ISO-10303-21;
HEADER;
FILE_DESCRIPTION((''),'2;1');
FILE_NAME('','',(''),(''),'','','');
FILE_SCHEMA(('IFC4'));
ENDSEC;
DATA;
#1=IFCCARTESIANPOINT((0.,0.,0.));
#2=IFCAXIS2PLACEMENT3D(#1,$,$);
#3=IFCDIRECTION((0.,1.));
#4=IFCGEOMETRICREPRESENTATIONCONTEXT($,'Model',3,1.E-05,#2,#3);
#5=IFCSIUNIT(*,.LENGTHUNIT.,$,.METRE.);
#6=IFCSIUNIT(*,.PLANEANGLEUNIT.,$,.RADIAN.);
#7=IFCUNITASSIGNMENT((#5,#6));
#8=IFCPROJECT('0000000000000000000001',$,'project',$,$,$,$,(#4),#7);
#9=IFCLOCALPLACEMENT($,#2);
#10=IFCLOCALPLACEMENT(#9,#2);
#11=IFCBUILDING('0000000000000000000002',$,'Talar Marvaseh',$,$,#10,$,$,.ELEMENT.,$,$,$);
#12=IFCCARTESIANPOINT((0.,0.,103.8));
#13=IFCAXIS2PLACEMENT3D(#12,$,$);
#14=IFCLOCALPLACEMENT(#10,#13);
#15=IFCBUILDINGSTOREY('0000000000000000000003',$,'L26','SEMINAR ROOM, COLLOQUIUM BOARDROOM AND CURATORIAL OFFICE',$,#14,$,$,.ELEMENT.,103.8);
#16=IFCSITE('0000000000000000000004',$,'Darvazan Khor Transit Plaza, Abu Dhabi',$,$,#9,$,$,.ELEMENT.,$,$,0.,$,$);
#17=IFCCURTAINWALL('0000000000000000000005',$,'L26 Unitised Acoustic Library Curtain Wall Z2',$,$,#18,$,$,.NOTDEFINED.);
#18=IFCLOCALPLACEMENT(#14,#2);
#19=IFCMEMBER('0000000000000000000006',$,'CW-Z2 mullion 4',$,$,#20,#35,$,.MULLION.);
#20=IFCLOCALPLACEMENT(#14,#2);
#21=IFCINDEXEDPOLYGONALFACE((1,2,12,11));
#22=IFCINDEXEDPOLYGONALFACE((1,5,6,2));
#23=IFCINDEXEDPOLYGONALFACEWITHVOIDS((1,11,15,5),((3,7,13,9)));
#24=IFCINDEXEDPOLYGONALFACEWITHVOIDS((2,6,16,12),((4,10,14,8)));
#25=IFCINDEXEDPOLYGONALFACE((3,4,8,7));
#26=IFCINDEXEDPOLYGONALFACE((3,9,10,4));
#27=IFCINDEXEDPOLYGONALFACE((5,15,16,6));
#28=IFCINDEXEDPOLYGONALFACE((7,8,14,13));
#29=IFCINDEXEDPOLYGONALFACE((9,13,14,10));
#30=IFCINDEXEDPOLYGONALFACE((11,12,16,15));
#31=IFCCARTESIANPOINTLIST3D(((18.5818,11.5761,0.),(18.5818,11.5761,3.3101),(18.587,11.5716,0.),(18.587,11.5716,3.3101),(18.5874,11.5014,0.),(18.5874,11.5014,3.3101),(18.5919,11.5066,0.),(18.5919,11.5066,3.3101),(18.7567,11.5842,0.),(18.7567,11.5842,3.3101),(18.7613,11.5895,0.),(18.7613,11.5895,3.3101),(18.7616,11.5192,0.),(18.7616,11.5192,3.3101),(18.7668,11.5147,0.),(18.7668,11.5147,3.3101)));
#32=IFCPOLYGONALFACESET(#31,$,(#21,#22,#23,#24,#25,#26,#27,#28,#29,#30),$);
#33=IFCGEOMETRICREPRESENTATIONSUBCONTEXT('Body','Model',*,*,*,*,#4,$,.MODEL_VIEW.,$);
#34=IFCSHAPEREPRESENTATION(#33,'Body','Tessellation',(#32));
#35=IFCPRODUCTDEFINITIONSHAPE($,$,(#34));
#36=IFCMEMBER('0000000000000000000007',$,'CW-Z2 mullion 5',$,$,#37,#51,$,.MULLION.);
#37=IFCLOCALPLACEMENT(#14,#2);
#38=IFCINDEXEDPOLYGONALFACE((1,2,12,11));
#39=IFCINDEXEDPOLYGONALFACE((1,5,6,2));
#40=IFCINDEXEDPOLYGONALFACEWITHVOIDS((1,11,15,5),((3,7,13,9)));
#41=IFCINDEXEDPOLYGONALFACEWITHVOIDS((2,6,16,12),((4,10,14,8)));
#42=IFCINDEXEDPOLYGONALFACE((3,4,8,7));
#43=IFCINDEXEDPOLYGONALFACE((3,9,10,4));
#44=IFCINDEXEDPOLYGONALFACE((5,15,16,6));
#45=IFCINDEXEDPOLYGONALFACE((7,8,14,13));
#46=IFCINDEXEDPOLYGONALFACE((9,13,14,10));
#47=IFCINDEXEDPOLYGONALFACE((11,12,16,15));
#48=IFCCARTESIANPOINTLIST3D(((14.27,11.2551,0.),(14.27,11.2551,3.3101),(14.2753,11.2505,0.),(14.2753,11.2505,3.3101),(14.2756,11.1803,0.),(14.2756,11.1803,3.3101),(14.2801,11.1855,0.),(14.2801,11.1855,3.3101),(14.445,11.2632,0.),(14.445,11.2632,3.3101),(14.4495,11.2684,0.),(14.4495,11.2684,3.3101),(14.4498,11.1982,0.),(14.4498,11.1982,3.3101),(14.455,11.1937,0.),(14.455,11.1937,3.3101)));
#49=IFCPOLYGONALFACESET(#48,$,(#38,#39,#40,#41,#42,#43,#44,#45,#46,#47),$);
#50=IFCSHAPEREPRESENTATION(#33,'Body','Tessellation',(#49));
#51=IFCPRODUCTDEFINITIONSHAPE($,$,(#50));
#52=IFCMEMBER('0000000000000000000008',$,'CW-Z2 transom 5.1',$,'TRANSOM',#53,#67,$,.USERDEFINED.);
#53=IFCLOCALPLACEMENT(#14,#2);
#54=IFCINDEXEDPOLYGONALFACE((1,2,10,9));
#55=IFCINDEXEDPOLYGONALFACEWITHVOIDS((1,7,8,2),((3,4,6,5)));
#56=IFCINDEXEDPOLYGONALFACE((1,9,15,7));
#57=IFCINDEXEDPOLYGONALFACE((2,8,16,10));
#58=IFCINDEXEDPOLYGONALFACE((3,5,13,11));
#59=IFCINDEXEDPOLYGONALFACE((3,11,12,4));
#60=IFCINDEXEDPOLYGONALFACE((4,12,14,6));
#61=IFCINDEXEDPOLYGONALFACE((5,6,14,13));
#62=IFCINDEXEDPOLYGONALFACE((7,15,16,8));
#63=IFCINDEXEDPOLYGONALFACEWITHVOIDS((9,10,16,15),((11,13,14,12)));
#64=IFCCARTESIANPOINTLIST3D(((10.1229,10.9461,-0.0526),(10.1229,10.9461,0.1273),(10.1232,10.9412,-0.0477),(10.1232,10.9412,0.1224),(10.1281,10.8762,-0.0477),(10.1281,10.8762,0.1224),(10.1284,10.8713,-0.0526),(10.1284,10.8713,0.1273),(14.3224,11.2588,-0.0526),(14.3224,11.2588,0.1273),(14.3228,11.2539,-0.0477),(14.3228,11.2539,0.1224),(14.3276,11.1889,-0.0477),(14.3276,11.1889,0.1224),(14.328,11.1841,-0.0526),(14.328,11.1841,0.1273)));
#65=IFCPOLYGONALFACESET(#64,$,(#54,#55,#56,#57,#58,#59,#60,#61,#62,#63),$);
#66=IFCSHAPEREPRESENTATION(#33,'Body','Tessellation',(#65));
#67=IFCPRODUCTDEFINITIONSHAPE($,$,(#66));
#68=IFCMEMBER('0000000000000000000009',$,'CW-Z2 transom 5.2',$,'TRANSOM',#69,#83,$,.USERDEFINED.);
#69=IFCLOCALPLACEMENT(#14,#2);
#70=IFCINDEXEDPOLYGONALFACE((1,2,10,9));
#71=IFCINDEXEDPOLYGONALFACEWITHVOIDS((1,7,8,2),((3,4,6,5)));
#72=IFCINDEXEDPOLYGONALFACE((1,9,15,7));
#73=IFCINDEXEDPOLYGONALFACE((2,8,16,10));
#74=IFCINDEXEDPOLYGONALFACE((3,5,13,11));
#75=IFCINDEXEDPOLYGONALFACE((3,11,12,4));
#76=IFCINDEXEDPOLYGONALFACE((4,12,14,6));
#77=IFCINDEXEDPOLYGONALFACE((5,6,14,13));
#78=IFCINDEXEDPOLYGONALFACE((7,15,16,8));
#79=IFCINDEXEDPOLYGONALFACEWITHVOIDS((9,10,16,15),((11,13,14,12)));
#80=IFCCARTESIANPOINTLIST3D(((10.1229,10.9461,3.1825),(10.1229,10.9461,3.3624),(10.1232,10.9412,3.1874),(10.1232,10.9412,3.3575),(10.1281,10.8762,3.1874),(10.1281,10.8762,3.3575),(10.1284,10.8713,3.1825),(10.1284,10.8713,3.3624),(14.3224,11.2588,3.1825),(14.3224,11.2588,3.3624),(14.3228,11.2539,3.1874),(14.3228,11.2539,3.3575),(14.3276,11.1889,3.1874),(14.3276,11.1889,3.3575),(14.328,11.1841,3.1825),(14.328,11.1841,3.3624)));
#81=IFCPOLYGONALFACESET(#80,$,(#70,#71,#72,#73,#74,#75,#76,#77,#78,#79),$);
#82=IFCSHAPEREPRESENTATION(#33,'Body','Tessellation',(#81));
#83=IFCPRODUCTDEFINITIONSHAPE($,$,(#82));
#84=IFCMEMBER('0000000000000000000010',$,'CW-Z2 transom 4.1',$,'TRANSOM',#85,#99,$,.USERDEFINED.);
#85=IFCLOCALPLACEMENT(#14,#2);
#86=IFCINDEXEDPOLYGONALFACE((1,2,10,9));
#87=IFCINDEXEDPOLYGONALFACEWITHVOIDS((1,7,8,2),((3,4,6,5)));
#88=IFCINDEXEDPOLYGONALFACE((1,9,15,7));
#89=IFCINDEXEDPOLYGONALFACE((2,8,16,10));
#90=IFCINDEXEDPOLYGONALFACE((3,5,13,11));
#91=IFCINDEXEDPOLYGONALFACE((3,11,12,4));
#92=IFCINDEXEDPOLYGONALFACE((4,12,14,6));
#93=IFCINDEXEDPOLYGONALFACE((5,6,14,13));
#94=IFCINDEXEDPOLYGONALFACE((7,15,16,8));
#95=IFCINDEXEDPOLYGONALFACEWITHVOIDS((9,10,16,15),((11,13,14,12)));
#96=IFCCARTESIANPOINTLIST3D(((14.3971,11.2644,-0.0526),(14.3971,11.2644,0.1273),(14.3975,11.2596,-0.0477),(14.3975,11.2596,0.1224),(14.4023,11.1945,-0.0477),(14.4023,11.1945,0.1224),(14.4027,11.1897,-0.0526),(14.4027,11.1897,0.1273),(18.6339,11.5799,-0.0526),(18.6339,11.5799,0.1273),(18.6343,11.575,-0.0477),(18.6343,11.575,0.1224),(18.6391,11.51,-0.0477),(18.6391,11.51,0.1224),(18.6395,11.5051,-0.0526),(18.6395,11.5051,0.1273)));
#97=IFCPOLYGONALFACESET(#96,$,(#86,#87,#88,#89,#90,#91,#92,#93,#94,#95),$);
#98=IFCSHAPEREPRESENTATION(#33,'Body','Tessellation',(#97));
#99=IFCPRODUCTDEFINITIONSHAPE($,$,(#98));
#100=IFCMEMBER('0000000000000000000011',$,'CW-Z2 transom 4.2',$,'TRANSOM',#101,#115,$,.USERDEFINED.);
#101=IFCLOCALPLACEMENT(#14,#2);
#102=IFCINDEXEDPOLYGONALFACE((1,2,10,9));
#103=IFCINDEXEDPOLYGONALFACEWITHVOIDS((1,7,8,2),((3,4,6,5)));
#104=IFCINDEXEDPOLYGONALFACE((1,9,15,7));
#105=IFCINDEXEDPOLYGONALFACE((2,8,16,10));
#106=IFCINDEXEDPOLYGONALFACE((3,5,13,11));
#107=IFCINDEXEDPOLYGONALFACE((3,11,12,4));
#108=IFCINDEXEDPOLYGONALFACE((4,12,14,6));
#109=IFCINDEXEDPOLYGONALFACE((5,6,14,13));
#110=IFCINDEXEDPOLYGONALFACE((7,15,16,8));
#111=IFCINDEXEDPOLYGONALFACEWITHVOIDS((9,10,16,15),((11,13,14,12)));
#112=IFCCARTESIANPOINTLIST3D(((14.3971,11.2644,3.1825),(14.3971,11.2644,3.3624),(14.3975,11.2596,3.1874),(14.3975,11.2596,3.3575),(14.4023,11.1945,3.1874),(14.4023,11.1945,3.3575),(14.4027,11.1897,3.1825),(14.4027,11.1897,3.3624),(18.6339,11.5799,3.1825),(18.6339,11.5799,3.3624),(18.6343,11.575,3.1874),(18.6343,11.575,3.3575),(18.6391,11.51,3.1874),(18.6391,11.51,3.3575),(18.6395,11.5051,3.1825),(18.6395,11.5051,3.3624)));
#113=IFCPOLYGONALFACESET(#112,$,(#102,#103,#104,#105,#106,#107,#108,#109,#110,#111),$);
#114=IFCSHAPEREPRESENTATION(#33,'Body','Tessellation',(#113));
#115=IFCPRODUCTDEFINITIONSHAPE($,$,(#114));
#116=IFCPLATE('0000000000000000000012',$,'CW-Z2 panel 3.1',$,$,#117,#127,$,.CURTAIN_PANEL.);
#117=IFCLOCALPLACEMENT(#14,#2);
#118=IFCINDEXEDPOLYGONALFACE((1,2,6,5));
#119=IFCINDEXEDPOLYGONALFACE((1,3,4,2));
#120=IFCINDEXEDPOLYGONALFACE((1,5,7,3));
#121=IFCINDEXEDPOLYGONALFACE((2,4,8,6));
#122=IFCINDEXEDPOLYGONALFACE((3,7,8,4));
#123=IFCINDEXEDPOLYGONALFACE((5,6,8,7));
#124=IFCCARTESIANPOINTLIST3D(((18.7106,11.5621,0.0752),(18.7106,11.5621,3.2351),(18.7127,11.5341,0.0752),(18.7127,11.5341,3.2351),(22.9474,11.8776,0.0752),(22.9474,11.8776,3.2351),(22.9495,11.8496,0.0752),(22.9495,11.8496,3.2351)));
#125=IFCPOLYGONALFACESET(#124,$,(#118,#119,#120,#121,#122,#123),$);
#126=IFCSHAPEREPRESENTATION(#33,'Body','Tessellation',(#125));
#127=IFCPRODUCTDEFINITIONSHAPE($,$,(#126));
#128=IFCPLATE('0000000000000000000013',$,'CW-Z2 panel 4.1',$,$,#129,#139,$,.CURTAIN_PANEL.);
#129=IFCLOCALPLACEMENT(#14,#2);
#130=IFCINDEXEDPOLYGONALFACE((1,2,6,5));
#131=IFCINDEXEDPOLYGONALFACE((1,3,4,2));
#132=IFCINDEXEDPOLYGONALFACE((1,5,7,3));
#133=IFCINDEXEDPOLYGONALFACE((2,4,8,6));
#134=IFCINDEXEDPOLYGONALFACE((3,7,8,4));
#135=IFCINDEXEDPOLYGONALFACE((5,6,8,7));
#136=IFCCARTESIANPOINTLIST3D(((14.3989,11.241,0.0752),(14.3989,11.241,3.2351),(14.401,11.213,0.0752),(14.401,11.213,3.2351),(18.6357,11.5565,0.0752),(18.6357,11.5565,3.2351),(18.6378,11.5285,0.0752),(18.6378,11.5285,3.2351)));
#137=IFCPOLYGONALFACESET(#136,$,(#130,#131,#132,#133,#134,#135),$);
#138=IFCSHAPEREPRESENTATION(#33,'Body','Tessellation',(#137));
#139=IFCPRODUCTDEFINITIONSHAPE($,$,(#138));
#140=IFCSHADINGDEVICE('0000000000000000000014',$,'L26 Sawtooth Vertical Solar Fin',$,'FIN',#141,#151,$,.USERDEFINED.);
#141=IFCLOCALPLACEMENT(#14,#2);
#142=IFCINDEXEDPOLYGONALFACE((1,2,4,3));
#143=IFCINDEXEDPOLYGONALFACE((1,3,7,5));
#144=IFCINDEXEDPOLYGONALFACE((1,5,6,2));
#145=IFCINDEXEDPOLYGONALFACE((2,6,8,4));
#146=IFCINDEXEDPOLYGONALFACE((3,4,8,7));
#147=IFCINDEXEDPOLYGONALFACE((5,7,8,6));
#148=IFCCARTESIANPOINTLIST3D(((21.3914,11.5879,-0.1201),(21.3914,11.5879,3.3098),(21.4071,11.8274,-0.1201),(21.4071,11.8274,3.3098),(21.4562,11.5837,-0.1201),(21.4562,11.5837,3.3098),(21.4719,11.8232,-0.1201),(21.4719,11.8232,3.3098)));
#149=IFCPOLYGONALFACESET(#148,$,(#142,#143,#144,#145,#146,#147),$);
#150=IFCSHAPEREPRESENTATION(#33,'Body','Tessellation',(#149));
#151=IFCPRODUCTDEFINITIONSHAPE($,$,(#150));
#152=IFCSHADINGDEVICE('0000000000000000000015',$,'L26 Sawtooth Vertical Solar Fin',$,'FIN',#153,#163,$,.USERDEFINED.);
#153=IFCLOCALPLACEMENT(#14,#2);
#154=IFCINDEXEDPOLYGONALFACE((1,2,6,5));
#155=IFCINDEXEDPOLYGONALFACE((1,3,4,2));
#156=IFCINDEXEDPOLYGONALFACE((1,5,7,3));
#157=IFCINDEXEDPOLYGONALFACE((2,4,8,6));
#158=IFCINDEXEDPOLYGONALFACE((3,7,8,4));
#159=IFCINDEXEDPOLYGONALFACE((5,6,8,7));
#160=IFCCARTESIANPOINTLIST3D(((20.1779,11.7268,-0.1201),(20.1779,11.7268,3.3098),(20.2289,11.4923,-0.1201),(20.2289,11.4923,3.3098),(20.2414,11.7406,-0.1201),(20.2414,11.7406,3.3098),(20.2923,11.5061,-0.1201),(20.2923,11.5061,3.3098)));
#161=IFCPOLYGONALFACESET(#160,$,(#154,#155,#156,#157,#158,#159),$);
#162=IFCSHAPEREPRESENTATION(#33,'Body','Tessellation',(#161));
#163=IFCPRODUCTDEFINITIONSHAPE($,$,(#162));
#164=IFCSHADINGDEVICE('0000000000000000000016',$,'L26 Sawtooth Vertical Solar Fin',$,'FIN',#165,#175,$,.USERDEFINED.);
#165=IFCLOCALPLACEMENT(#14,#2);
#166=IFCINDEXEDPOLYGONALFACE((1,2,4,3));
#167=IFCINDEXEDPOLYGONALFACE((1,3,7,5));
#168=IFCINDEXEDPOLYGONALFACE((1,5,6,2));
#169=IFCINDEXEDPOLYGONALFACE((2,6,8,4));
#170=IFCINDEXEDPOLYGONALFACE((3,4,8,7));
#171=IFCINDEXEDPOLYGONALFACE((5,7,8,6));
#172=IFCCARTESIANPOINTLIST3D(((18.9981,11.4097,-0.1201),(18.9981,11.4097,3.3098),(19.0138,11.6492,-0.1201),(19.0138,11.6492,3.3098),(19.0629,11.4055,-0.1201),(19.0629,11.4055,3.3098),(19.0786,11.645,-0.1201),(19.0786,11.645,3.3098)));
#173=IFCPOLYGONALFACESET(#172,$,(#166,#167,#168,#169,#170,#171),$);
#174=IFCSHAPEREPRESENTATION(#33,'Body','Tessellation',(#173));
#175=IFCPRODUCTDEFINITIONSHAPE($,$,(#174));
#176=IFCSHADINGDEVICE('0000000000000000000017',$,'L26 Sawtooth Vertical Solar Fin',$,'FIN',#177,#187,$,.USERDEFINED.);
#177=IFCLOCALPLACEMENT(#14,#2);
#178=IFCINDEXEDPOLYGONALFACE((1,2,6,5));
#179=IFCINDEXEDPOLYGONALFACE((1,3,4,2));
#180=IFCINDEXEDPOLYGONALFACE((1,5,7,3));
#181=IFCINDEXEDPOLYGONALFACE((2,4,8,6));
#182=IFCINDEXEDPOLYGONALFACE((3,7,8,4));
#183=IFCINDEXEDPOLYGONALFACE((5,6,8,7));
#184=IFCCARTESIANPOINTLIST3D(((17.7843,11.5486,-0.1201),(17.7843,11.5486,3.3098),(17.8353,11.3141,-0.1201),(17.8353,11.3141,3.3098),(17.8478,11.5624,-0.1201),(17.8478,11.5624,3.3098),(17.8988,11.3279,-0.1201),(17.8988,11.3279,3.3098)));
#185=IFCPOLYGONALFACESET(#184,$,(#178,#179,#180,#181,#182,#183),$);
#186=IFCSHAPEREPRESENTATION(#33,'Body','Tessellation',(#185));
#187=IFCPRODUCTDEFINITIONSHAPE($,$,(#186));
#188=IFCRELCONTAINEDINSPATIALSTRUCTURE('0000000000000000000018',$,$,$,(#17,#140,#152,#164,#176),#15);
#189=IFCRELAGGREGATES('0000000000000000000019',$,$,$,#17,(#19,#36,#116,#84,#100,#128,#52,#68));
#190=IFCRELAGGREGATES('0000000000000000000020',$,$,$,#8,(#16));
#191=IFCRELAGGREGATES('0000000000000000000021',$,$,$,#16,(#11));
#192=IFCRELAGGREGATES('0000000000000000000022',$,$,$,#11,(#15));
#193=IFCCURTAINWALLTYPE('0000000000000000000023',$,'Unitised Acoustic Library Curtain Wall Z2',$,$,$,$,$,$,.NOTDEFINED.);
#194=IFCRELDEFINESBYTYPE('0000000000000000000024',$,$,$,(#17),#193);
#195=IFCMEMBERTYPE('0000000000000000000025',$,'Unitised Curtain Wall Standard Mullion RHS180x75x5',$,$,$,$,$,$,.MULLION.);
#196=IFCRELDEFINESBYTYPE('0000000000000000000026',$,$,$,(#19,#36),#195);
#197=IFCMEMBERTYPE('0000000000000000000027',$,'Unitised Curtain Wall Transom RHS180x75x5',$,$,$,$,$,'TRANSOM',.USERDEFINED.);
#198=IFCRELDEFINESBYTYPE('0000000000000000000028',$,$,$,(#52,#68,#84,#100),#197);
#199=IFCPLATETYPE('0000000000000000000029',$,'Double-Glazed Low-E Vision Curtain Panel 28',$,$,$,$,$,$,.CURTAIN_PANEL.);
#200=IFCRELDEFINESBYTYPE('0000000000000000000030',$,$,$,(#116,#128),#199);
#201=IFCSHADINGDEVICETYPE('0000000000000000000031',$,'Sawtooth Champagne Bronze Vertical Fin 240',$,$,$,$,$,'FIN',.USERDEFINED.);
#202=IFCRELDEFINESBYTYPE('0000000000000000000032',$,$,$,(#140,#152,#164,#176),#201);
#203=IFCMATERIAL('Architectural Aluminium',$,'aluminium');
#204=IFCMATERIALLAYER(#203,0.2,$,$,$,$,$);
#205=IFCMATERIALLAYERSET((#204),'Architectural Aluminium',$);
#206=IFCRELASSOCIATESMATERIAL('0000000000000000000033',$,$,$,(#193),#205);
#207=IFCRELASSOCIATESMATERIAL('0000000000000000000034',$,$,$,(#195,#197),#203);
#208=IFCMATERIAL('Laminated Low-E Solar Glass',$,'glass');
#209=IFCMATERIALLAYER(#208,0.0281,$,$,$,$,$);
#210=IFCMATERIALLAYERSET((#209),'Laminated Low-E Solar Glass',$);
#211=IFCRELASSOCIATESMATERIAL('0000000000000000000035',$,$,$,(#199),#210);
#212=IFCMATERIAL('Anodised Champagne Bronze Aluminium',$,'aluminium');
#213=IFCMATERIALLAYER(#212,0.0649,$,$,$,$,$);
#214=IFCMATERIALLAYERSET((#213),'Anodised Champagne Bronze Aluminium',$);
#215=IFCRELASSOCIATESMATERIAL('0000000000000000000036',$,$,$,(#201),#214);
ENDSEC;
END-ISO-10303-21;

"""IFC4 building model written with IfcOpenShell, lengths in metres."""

from ifc_helpers import new_model, si_unit, direction, frame, origin, origin_2d, place, context, subcontext, project, spatial, rectangle, hollow_rectangle, extrude, source, transform, mapped, material, layer, layer_set, material_profile, profile_set, type_object, type_shapes, element, aggregate, save


model = new_model("IFC4")

# Units and contexts
model_context = context("Model", 3, precision=1e-05, world=origin(), true_north=direction((0.0, 1.0)))
body_context = subcontext(model_context, "Body", "Model", "MODEL_VIEW")
ifc_project = project(units=[si_unit("LENGTHUNIT", "METRE"), si_unit("PLANEANGLEUNIT", "RADIAN")], contexts=[model_context])

# Site, building, storey
site_placement = place(None, origin())
site = spatial("IfcSite", under=ifc_project, at=site_placement, Name="Darvazan Khor Transit Plaza, Abu Dhabi", CompositionType="ELEMENT", RefElevation=0.0)
building_placement = place(site_placement, origin())
building = spatial("IfcBuilding", under=site, at=building_placement, Name="Talar Marvaseh", CompositionType="ELEMENT")
storey_placement = place(building_placement, frame((0.0, 0.0, 103.8)))
storey = spatial("IfcBuildingStorey", under=building, at=storey_placement, Name="L26", Description="SEMINAR ROOM, COLLOQUIUM BOARDROOM AND CURATORIAL OFFICE", CompositionType="ELEMENT", Elevation=103.8)

# Curtain wall, members, plates
ifc_material_1 = material(Name="Architectural Aluminium", Category="aluminium")
ifc_layer_1 = layer(ifc_material_1, 0.2)
ifc_layer_set_1 = layer_set([ifc_layer_1], Name="Architectural Aluminium")
curtain_wall_type = type_object("IfcCurtainWallType", Name="Unitised Acoustic Library Curtain Wall Z2", PredefinedType="NOTDEFINED", material=ifc_layer_set_1)
curtain_wall_placement = place(storey_placement, origin())
curtain_wall = element("IfcCurtainWall", 1, at=curtain_wall_placement, inside=storey, type_object=curtain_wall_type, Name="L26 Unitised Acoustic Library Curtain Wall Z2", PredefinedType="NOTDEFINED")
ifc_material_profile_1 = material_profile(ifc_material_1, hollow_rectangle(XDim=0.075, YDim=0.1799, WallThickness=0.0049, at=origin_2d()), Name="RHS180x75x5")
ifc_profile_set_1 = profile_set([ifc_material_profile_1], Name="Architectural Aluminium")
member_type_1 = type_object("IfcMemberType", Name="Unitised Curtain Wall Standard Mullion RHS180x75x5", PredefinedType="MULLION", material=ifc_profile_set_1)
shared_shape_1 = source(origin(), body_context, "Body", "SweptSolid", [
    extrude(hollow_rectangle(XDim=0.075, YDim=0.1799, WallThickness=0.0049, at=origin_2d()), origin(), (0.0, 0.0, 1.0), 3.3101),
])
type_shapes(member_type_1, [shared_shape_1])
member_1_placement = place(storey_placement, frame((18.6743, 11.5454, 0.0), z_axis=(0.0, 0.0, 1.0), x_axis=(0.074263, -0.997239, 0.0)))
member_1 = element("IfcMember", 2, at=member_1_placement, type_object=member_type_1, Name="CW-Z2 mullion 4", PredefinedType="MULLION", context=body_context, shape_type="MappedRepresentation", body=[
    mapped(shared_shape_1, transform((0.0, 0.0, 0.0), x_axis=(1.0, 0.0, 0.0), y_axis=(0.0, 1.0, 0.0), z_axis=(0.0, 0.0, 1.0), scale=1.0)),
])
member_2_placement = place(storey_placement, frame((14.3625, 11.2244, 0.0), z_axis=(0.0, 0.0, 1.0), x_axis=(0.074263, -0.997239, 0.0)))
member_2 = element("IfcMember", 3, at=member_2_placement, type_object=member_type_1, Name="CW-Z2 mullion 5", PredefinedType="MULLION", context=body_context, shape_type="MappedRepresentation", body=[
    mapped(shared_shape_1, transform((0.0, 0.0, 0.0), x_axis=(1.0, 0.0, 0.0), y_axis=(0.0, 1.0, 0.0), z_axis=(0.0, 0.0, 1.0), scale=1.0)),
])
ifc_material_profile_2 = material_profile(ifc_material_1, hollow_rectangle(XDim=0.075, YDim=0.1799, WallThickness=0.0049, at=origin_2d()), Name="RHS180x75x5")
ifc_profile_set_2 = profile_set([ifc_material_profile_2], Name="Architectural Aluminium")
member_type_2 = type_object("IfcMemberType", Name="Unitised Curtain Wall Transom RHS180x75x5", ElementType="TRANSOM", PredefinedType="USERDEFINED", material=ifc_profile_set_2)
shared_shape_2 = source(origin(), body_context, "Body", "SweptSolid", [
    extrude(hollow_rectangle(XDim=0.075, YDim=0.1799, WallThickness=0.0049, at=origin_2d()), origin(), (0.0, 0.0, 1.0), 4.2112),
])
member_3_placement = place(storey_placement, frame((14.3252, 11.2214, 0.0374), z_axis=(-0.997238, -0.074267, 0.0), x_axis=(0.074267, -0.997238, 0.0)))
member_3 = element("IfcMember", 4, at=member_3_placement, type_object=member_type_2, Name="CW-Z2 transom 5.1", ObjectType="TRANSOM", PredefinedType="USERDEFINED", context=body_context, shape_type="MappedRepresentation", body=[
    mapped(shared_shape_2, transform((0.0, 0.0, 0.0), x_axis=(1.0, 0.0, 0.0), y_axis=(0.0, 1.0, 0.0), z_axis=(0.0, 0.0, 1.0), scale=1.0)),
])
member_4_placement = place(storey_placement, frame((14.3252, 11.2214, 3.2725), z_axis=(-0.997238, -0.074267, 0.0), x_axis=(0.074267, -0.997238, 0.0)))
member_4 = element("IfcMember", 5, at=member_4_placement, type_object=member_type_2, Name="CW-Z2 transom 5.2", ObjectType="TRANSOM", PredefinedType="USERDEFINED", context=body_context, shape_type="MappedRepresentation", body=[
    mapped(shared_shape_2, transform((0.0, 0.0, 0.0), x_axis=(1.0, 0.0, 0.0), y_axis=(0.0, 1.0, 0.0), z_axis=(0.0, 0.0, 1.0), scale=1.0)),
])
shared_shape_3 = source(origin(), body_context, "Body", "SweptSolid", [
    extrude(hollow_rectangle(XDim=0.075, YDim=0.1799, WallThickness=0.0049, at=origin_2d()), origin(), (0.0, 0.0, 1.0), 4.2485),
])
type_shapes(member_type_2, [shared_shape_2, shared_shape_3])
member_5_placement = place(storey_placement, frame((18.6367, 11.5425, 0.0374), z_axis=(-0.99724, -0.074244, 0.0), x_axis=(0.074244, -0.99724, 0.0)))
member_5 = element("IfcMember", 6, at=member_5_placement, type_object=member_type_2, Name="CW-Z2 transom 4.1", ObjectType="TRANSOM", PredefinedType="USERDEFINED", context=body_context, shape_type="MappedRepresentation", body=[
    mapped(shared_shape_3, transform((0.0, 0.0, 0.0), x_axis=(1.0, 0.0, 0.0), y_axis=(0.0, 1.0, 0.0), z_axis=(0.0, 0.0, 1.0), scale=1.0)),
])
member_6_placement = place(storey_placement, frame((18.6367, 11.5425, 3.2725), z_axis=(-0.99724, -0.074244, 0.0), x_axis=(0.074244, -0.99724, 0.0)))
member_6 = element("IfcMember", 7, at=member_6_placement, type_object=member_type_2, Name="CW-Z2 transom 4.2", ObjectType="TRANSOM", PredefinedType="USERDEFINED", context=body_context, shape_type="MappedRepresentation", body=[
    mapped(shared_shape_3, transform((0.0, 0.0, 0.0), x_axis=(1.0, 0.0, 0.0), y_axis=(0.0, 1.0, 0.0), z_axis=(0.0, 0.0, 1.0), scale=1.0)),
])
ifc_material_2 = material(Name="Laminated Low-E Solar Glass", Category="glass")
ifc_layer_2 = layer(ifc_material_2, 0.0281)
ifc_layer_set_2 = layer_set([ifc_layer_2], Name="Laminated Low-E Solar Glass")
plate_type = type_object("IfcPlateType", Name="Double-Glazed Low-E Vision Curtain Panel 28", PredefinedType="CURTAIN_PANEL", material=ifc_layer_set_2)
shared_shape_4 = source(origin(), body_context, "Body", "SweptSolid", [
    extrude(rectangle(XDim=4.2485, YDim=0.0281, at=origin_2d()), origin(), (0.0, 0.0, 1.0), 3.1599),
])
type_shapes(plate_type, [shared_shape_4])
plate_1_placement = place(storey_placement, frame((20.8301, 11.7058, 0.0752), z_axis=(0.0, 0.0, 1.0), x_axis=(-0.997239, -0.074263, 0.0)))
plate_1 = element("IfcPlate", 8, at=plate_1_placement, type_object=plate_type, Name="CW-Z2 panel 3.1", PredefinedType="CURTAIN_PANEL", context=body_context, shape_type="MappedRepresentation", body=[
    mapped(shared_shape_4, transform((0.0, 0.0, 0.0), x_axis=(1.0, 0.0, 0.0), y_axis=(0.0, 1.0, 0.0), z_axis=(0.0, 0.0, 1.0), scale=1.0)),
])
plate_2_placement = place(storey_placement, frame((16.5183, 11.3848, 0.0752), z_axis=(0.0, 0.0, 1.0), x_axis=(-0.997239, -0.074263, 0.0)))
plate_2 = element("IfcPlate", 9, at=plate_2_placement, type_object=plate_type, Name="CW-Z2 panel 4.1", PredefinedType="CURTAIN_PANEL", context=body_context, shape_type="MappedRepresentation", body=[
    mapped(shared_shape_4, transform((0.0, 0.0, 0.0), x_axis=(1.0, 0.0, 0.0), y_axis=(0.0, 1.0, 0.0), z_axis=(0.0, 0.0, 1.0), scale=1.0)),
])
aggregate(curtain_wall, [member_1, member_2, plate_1, member_5, member_6, plate_2, member_3, member_4])

# Shading devices
ifc_material_3 = material(Name="Anodised Champagne Bronze Aluminium", Category="aluminium")
ifc_layer_3 = layer(ifc_material_3, 0.0649)
ifc_layer_set_3 = layer_set([ifc_layer_3], Name="Anodised Champagne Bronze Aluminium")
shading_device_type = type_object("IfcShadingDeviceType", Name="Sawtooth Champagne Bronze Vertical Fin 240", ElementType="FIN", PredefinedType="USERDEFINED", material=ifc_layer_set_3)
shared_shape_5 = source(origin(), body_context, "Body", "SweptSolid", [
    extrude(rectangle(XDim=0.24, YDim=0.0649, at=origin_2d()), origin(), (0.0, 0.0, 1.0), 3.4299),
])
type_shapes(shading_device_type, [shared_shape_5])
for number, where, z_axis, x_axis, name in (
    (10, (21.4316, 11.7056, -0.1201), (0.0, 0.0, 1.0), (-0.065229, -0.99787, 0.0), "L26 Sawtooth Vertical Solar Fin"),
    (11, (20.2351, 11.6165, -0.1201), (0.0, 0.0, 1.0), (0.212348, -0.977194, 0.0), "L26 Sawtooth Vertical Solar Fin"),
    (12, (19.0383, 11.5273, -0.1201), (0.0, 0.0, 1.0), (-0.065229, -0.99787, 0.0), "L26 Sawtooth Vertical Solar Fin"),
    (13, (17.8416, 11.4382, -0.1201), (0.0, 0.0, 1.0), (0.212348, -0.977194, 0.0), "L26 Sawtooth Vertical Solar Fin"),
):
    element("IfcShadingDevice", number, at=place(storey_placement, frame(where, z_axis=z_axis, x_axis=x_axis)), inside=storey, type_object=shading_device_type, Name=name, ObjectType="FIN", PredefinedType="USERDEFINED", context=body_context, shape_type="MappedRepresentation", body=[
        mapped(shared_shape_5, transform((0.0, 0.0, 0.0), x_axis=(1.0, 0.0, 0.0), y_axis=(0.0, 1.0, 0.0), z_axis=(0.0, 0.0, 1.0), scale=1.0)),
    ])

save(model, "model.ifc")
